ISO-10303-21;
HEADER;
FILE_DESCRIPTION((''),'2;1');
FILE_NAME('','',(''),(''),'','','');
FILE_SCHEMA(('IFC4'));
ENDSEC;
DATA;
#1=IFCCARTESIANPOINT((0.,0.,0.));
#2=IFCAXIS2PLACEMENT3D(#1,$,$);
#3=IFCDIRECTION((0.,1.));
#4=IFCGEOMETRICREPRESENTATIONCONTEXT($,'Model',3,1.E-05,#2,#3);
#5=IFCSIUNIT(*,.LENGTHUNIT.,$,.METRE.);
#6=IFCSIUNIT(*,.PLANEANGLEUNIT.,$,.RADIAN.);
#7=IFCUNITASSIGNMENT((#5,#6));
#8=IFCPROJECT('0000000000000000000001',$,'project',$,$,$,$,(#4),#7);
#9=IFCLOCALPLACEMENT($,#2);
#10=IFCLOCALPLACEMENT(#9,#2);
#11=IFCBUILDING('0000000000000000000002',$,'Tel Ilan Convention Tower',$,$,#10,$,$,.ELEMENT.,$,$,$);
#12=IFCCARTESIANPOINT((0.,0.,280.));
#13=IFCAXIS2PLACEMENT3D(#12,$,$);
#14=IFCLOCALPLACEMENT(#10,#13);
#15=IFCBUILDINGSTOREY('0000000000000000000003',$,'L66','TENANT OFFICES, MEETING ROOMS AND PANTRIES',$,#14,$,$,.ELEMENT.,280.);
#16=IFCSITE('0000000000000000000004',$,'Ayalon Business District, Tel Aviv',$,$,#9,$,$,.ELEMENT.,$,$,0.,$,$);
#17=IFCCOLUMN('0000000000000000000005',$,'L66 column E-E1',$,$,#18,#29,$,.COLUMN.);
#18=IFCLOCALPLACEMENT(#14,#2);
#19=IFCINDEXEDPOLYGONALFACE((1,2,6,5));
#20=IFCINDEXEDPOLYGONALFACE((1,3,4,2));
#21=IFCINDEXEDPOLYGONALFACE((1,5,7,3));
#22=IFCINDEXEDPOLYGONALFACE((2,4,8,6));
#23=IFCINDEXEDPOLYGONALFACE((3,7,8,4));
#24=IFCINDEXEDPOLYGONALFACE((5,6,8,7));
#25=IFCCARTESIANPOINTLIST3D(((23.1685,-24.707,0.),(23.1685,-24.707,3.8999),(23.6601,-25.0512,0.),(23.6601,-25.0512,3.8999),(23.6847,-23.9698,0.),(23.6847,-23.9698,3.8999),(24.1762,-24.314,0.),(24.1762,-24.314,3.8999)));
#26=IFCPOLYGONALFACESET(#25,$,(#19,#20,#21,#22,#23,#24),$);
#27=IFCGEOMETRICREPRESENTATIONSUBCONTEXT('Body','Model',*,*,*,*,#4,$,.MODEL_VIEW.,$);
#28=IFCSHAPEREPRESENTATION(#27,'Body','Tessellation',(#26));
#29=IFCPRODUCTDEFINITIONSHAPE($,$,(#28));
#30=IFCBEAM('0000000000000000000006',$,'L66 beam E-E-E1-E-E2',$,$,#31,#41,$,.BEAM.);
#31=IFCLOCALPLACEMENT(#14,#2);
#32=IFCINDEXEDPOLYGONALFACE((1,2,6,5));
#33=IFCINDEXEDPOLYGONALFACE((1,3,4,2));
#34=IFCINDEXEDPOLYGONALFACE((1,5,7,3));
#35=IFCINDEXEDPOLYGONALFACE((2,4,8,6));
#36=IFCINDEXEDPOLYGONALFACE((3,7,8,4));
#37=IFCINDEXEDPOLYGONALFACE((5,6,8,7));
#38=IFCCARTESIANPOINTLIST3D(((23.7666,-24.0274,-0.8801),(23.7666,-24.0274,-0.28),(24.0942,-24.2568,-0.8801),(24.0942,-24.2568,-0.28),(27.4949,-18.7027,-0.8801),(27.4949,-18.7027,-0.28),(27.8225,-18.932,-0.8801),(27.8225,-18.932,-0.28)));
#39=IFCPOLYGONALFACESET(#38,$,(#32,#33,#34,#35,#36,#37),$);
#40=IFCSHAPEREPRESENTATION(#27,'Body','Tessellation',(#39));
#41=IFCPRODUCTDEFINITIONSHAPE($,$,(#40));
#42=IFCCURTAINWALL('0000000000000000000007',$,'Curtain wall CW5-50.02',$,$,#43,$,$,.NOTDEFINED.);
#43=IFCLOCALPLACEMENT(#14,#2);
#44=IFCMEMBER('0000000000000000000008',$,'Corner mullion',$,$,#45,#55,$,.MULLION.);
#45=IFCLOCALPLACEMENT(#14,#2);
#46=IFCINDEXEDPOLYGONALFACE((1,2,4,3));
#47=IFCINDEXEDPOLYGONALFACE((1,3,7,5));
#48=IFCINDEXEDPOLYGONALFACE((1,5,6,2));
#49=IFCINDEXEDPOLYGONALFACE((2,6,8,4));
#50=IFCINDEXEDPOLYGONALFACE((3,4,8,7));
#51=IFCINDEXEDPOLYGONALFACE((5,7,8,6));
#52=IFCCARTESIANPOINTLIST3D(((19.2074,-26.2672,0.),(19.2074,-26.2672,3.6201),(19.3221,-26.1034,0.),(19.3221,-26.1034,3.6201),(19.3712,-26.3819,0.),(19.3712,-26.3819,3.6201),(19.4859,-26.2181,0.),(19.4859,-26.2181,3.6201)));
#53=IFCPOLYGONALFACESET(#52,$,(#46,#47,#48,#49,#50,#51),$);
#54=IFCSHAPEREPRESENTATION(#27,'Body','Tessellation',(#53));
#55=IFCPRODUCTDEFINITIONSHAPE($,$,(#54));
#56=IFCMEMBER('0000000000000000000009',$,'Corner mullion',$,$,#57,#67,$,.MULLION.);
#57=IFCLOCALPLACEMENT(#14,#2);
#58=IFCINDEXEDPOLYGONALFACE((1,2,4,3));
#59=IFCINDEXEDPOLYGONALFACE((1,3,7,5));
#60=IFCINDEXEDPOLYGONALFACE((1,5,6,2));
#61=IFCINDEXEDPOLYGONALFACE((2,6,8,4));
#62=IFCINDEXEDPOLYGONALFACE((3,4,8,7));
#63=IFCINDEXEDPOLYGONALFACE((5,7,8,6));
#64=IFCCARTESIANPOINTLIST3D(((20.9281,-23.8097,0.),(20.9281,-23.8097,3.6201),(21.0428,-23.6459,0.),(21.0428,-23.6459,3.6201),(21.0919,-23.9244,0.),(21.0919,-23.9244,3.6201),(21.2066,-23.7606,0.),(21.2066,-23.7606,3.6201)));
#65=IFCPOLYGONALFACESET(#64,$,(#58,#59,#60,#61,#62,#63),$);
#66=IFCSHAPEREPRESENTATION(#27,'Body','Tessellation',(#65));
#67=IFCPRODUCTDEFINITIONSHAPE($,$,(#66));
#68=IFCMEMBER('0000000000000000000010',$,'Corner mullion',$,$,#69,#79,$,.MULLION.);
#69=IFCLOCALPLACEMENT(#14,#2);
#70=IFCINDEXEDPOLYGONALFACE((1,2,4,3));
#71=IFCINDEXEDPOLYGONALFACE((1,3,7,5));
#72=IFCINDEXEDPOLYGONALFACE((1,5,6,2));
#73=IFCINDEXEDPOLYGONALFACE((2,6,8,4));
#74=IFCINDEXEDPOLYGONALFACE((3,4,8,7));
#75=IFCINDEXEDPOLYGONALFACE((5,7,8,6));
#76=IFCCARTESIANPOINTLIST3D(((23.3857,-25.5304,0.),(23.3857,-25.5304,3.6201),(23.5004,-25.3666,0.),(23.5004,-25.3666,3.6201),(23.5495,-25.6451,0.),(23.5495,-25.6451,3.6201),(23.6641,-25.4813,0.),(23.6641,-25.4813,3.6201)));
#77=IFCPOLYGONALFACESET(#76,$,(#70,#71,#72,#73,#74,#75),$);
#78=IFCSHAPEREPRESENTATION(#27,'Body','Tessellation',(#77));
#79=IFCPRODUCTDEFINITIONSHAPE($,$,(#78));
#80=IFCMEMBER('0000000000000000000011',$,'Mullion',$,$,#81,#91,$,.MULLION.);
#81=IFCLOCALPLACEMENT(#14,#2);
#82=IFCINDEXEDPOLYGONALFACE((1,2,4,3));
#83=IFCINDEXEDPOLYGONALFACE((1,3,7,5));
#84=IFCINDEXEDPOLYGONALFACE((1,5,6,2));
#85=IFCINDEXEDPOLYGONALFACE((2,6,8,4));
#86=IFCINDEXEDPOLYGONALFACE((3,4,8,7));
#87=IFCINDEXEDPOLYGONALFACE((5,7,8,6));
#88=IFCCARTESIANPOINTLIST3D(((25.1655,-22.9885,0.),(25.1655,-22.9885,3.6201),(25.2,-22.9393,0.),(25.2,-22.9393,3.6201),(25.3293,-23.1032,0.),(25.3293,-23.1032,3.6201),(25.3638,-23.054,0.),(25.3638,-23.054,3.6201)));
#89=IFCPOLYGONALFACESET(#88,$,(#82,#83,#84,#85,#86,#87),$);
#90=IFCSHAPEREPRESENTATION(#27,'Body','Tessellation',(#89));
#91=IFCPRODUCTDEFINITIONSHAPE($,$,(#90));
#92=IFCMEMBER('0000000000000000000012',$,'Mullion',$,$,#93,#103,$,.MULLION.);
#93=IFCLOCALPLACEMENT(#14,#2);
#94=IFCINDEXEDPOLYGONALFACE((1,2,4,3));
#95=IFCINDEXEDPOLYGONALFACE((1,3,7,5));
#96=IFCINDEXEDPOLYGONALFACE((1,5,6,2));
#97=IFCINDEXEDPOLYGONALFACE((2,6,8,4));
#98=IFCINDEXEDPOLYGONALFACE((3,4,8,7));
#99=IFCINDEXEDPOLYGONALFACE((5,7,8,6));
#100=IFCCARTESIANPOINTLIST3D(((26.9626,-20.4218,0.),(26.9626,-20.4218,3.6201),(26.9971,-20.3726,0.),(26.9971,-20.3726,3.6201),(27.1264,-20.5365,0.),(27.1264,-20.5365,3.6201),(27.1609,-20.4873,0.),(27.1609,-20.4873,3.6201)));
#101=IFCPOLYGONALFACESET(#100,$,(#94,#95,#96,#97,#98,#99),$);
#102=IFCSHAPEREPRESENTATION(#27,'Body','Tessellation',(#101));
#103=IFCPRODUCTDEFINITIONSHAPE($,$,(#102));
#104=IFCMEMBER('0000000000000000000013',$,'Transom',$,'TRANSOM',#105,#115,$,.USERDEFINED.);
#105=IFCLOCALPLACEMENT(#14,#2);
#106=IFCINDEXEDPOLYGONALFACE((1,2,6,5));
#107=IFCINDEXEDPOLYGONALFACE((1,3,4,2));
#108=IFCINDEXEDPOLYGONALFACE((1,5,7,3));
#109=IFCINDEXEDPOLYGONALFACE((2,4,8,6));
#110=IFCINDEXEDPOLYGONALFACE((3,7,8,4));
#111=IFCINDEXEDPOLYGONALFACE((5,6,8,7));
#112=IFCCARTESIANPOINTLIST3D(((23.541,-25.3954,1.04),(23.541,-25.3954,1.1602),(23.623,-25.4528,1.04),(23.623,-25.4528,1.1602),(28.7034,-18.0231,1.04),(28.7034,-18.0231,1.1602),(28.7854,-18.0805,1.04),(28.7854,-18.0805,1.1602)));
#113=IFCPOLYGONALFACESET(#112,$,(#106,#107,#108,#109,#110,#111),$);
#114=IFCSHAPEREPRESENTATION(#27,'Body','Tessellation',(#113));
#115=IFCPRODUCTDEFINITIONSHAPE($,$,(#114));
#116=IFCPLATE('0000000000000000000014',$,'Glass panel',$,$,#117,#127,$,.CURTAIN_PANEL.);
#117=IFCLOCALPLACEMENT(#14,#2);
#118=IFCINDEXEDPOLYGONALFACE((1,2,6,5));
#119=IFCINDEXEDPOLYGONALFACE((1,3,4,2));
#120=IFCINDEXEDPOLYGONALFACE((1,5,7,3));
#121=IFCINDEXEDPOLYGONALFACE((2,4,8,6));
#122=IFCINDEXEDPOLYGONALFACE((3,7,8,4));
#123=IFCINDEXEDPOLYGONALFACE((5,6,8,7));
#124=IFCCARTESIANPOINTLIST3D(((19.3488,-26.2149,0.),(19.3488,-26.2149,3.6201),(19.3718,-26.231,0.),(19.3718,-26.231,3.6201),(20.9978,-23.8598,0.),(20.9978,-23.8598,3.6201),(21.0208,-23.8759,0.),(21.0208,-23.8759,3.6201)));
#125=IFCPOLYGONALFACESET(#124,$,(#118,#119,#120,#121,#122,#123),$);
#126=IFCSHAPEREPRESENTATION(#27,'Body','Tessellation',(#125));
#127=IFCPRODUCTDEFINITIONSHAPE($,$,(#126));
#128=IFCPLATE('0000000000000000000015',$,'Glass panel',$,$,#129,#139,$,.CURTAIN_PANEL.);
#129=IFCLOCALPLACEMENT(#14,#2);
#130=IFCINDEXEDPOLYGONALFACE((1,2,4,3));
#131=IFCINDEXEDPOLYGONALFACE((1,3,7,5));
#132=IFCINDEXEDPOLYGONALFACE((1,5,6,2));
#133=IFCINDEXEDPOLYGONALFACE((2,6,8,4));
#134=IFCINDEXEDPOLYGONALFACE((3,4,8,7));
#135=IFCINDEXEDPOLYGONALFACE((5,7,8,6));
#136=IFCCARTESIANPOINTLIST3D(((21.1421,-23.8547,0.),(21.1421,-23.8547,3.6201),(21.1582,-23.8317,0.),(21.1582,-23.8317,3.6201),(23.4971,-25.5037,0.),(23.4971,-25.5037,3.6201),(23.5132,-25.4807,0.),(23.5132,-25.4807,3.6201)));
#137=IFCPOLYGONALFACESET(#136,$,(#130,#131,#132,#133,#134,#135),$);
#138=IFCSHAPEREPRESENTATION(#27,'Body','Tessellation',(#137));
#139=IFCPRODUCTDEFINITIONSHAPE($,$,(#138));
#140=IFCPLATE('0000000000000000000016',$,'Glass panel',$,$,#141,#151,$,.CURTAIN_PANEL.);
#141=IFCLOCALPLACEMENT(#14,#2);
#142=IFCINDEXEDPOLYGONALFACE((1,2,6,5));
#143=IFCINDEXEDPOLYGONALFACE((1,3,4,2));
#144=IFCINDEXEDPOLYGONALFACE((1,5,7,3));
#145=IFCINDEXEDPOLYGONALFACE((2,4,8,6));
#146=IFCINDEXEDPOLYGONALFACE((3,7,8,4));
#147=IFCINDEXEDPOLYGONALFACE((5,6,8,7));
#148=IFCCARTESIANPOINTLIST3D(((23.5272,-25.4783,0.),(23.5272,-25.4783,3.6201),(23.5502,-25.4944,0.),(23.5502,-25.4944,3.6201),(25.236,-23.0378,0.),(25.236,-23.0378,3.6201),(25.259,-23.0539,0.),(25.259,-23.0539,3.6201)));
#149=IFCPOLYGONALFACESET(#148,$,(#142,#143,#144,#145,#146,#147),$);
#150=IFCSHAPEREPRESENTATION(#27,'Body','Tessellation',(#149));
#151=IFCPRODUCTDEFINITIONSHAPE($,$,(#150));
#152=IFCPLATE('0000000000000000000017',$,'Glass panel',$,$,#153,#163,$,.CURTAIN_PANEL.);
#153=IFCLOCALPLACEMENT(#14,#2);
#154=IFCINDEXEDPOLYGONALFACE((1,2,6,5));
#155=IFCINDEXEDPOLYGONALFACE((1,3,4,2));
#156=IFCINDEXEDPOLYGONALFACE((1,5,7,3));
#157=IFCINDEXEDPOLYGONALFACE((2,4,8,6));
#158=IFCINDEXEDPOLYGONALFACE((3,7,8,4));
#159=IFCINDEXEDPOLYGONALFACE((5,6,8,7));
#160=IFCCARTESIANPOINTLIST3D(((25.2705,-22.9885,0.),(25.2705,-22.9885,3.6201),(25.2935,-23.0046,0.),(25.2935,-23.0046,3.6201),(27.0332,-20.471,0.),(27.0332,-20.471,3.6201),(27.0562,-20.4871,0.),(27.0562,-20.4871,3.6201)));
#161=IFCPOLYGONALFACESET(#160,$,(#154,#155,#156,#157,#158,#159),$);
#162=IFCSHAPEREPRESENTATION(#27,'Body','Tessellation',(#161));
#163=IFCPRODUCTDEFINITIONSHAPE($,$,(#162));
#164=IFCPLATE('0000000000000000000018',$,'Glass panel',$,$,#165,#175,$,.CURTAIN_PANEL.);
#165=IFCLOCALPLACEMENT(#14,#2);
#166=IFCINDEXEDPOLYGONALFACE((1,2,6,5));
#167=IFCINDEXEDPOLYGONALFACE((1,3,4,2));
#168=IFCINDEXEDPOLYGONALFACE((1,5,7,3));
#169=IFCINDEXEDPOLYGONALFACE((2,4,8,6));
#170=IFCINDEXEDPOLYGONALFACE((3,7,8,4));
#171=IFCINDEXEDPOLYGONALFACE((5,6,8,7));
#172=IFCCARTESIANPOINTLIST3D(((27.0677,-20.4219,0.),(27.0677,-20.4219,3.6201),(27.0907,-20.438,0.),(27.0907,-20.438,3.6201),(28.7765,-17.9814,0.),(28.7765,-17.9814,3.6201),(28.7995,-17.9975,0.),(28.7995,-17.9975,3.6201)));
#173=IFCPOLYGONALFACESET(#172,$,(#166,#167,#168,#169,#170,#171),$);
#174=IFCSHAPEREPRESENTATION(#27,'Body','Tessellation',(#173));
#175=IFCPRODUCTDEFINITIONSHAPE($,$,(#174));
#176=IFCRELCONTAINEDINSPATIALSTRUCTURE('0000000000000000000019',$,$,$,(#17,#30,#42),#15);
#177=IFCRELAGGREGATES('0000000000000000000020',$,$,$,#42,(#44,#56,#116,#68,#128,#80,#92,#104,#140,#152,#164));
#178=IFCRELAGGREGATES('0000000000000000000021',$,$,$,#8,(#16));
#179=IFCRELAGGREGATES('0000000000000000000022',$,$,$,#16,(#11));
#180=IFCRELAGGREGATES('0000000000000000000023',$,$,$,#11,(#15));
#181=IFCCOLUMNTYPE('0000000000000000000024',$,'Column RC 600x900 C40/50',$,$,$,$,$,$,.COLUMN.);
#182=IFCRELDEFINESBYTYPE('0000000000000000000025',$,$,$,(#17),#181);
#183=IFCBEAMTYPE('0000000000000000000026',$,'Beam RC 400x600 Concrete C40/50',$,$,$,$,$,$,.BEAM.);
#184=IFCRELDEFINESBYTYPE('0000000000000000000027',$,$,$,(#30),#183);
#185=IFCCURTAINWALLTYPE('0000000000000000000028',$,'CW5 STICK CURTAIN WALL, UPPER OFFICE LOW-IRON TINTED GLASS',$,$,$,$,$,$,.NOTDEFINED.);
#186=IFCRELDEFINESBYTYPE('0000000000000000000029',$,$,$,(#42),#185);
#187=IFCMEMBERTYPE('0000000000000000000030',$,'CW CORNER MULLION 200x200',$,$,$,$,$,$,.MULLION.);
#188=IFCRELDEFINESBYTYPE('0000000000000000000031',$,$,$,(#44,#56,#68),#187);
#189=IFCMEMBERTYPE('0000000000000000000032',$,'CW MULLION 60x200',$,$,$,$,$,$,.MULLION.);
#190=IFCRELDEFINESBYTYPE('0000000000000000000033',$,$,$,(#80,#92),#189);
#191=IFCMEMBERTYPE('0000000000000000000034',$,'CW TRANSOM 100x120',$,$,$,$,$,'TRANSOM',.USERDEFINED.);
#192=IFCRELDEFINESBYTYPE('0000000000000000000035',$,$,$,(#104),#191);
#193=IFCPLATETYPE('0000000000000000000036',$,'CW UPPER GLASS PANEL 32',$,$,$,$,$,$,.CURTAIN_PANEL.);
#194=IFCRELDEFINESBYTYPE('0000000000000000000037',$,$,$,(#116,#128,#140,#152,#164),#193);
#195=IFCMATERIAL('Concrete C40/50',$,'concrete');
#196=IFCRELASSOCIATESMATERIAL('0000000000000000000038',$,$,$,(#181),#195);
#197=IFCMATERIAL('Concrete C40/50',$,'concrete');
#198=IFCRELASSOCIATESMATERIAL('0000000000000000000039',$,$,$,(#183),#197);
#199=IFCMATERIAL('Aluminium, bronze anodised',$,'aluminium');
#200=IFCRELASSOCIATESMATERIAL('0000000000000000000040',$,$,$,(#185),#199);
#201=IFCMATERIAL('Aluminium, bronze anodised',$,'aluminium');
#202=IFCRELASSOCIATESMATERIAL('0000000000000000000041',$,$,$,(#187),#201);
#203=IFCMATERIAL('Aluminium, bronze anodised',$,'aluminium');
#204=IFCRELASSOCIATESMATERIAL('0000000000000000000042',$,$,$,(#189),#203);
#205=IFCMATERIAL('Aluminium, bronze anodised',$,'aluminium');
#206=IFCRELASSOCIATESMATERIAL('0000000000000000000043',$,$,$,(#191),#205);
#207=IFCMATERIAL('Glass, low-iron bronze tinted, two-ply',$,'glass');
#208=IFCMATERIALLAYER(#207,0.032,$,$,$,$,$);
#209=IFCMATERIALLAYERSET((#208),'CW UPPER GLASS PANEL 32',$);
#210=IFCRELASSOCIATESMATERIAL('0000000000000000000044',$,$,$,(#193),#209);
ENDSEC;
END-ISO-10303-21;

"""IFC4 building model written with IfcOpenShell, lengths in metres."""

from ifc_helpers import new_model, si_unit, direction, frame, origin, origin_2d, place, context, subcontext, project, spatial, rectangle, extrude, material, layer, layer_set, material_profile, profile_set, type_object, element, aggregate, save


model = new_model("IFC4")

# Units and contexts
model_context = context("Model", 3, precision=1e-05, world=origin(), true_north=direction((0.0, 1.0)))
body_context = subcontext(model_context, "Body", "Model", "MODEL_VIEW")
ifc_project = project(units=[si_unit("LENGTHUNIT", "METRE"), si_unit("PLANEANGLEUNIT", "RADIAN")], contexts=[model_context])

# Site, building, storey
site_placement = place(None, origin())
site = spatial("IfcSite", under=ifc_project, at=site_placement, Name="Ayalon Business District, Tel Aviv", CompositionType="ELEMENT", RefElevation=0.0)
building_placement = place(site_placement, origin())
building = spatial("IfcBuilding", under=site, at=building_placement, Name="Tel Ilan Convention Tower", CompositionType="ELEMENT")
storey_placement = place(building_placement, frame((0.0, 0.0, 280.0)))
storey = spatial("IfcBuildingStorey", under=building, at=storey_placement, Name="L66", Description="TENANT OFFICES, MEETING ROOMS AND PANTRIES", CompositionType="ELEMENT", Elevation=280.0)

# Column
ifc_material_1 = material(Name="Concrete C40/50", Category="concrete")
ifc_material_profile_1 = material_profile(ifc_material_1, rectangle(XDim=0.8999, YDim=0.6001, at=origin_2d()), Name="RC 600x900")
ifc_profile_set_1 = profile_set([ifc_material_profile_1], Name="Concrete C40/50")
column_type = type_object("IfcColumnType", Name="Column RC 600x900 C40/50", PredefinedType="COLUMN", material=ifc_profile_set_1)
column_placement = place(storey_placement, frame((23.6724, -24.5105, 0.0), z_axis=(0.0, 0.0, 1.0), x_axis=(0.573576, 0.819152, 0.0)))
element("IfcColumn", 1, at=column_placement, inside=storey, type_object=column_type, Name="L66 column E-E1", PredefinedType="COLUMN", context=body_context, shape_type="SweptSolid", body=[
    extrude(rectangle(XDim=0.8999, YDim=0.6001, at=origin_2d()), origin(), (0.0, 0.0, 1.0), 3.8999),
])

# Beam
ifc_material_2 = material(Name="Concrete C40/50", Category="concrete")
ifc_material_profile_2 = material_profile(ifc_material_2, rectangle(XDim=0.3999, YDim=0.6001, at=origin_2d()), Name="RC 400x600")
ifc_profile_set_2 = profile_set([ifc_material_profile_2], Name="Concrete C40/50")
beam_type = type_object("IfcBeamType", Name="Beam RC 400x600 Concrete C40/50", PredefinedType="BEAM", material=ifc_profile_set_2)
beam_placement = place(storey_placement, frame((23.9304, -24.1421, -0.5801), z_axis=(0.573563, 0.819161, 0.0), x_axis=(-0.819161, 0.573563, 0.0)))
element("IfcBeam", 2, at=beam_placement, inside=storey, type_object=beam_type, Name="L66 beam E-E-E1-E-E2", PredefinedType="BEAM", context=body_context, shape_type="SweptSolid", body=[
    extrude(rectangle(XDim=0.3999, YDim=0.6001, at=origin_2d()), origin(), (0.0, 0.0, 1.0), 6.5002),
])

# Curtain wall, members, plates
ifc_material_3 = material(Name="Aluminium, bronze anodised", Category="aluminium")
curtain_wall_type = type_object("IfcCurtainWallType", Name="CW5 STICK CURTAIN WALL, UPPER OFFICE LOW-IRON TINTED GLASS", PredefinedType="NOTDEFINED", material=ifc_material_3)
curtain_wall_placement = place(storey_placement, origin())
curtain_wall = element("IfcCurtainWall", 3, at=curtain_wall_placement, inside=storey, type_object=curtain_wall_type, Name="Curtain wall CW5-50.02", PredefinedType="NOTDEFINED")
ifc_material_4 = material(Name="Aluminium, bronze anodised", Category="aluminium")
ifc_material_profile_3 = material_profile(ifc_material_4, rectangle(XDim=0.2, YDim=0.2, at=origin_2d()), Name="CW CORNER MULLION 200x200")
ifc_profile_set_3 = profile_set([ifc_material_profile_3], Name="Aluminium, bronze anodised")
member_type_1 = type_object("IfcMemberType", Name="CW CORNER MULLION 200x200", PredefinedType="MULLION", material=ifc_profile_set_3)
member_1_placement = place(storey_placement, frame((19.3467, -26.2427, 0.0), z_axis=(0.0, 0.0, 1.0), x_axis=(0.819152, -0.573576, 0.0)))
member_1 = element("IfcMember", 4, at=member_1_placement, type_object=member_type_1, Name="Corner mullion", PredefinedType="MULLION", context=body_context, shape_type="SweptSolid", body=[
    extrude(rectangle(XDim=0.2, YDim=0.2, at=origin_2d()), origin(), (0.0, 0.0, 1.0), 3.6201),
])
member_2_placement = place(storey_placement, frame((21.0674, -23.7852, 0.0), z_axis=(0.0, 0.0, 1.0), x_axis=(0.573576, 0.819152, 0.0)))
member_2 = element("IfcMember", 5, at=member_2_placement, type_object=member_type_1, Name="Corner mullion", PredefinedType="MULLION", context=body_context, shape_type="SweptSolid", body=[
    extrude(rectangle(XDim=0.2, YDim=0.2, at=origin_2d()), origin(), (0.0, 0.0, 1.0), 3.6201),
])
member_3_placement = place(storey_placement, frame((23.5249, -25.5059, 0.0), z_axis=(0.0, 0.0, 1.0), x_axis=(0.819152, -0.573576, 0.0)))
member_3 = element("IfcMember", 6, at=member_3_placement, type_object=member_type_1, Name="Corner mullion", PredefinedType="MULLION", context=body_context, shape_type="SweptSolid", body=[
    extrude(rectangle(XDim=0.2, YDim=0.2, at=origin_2d()), origin(), (0.0, 0.0, 1.0), 3.6201),
])
ifc_material_5 = material(Name="Aluminium, bronze anodised", Category="aluminium")
ifc_material_profile_4 = material_profile(ifc_material_5, rectangle(XDim=0.0601, YDim=0.2, at=origin_2d()), Name="CW MULLION 60x200")
ifc_profile_set_4 = profile_set([ifc_material_profile_4], Name="Aluminium, bronze anodised")
member_type_2 = type_object("IfcMemberType", Name="CW MULLION 60x200", PredefinedType="MULLION", material=ifc_profile_set_4)
member_4_placement = place(storey_placement, frame((25.2646, -23.0212, 0.0), z_axis=(0.0, 0.0, 1.0), x_axis=(0.573576, 0.819152, 0.0)))
member_4 = element("IfcMember", 7, at=member_4_placement, type_object=member_type_2, Name="Mullion", PredefinedType="MULLION", context=body_context, shape_type="SweptSolid", body=[
    extrude(rectangle(XDim=0.0601, YDim=0.2, at=origin_2d()), origin(), (0.0, 0.0, 1.0), 3.6201),
])
member_5_placement = place(storey_placement, frame((27.0618, -20.4546, 0.0), z_axis=(0.0, 0.0, 1.0), x_axis=(0.573576, 0.819152, 0.0)))
member_5 = element("IfcMember", 8, at=member_5_placement, type_object=member_type_2, Name="Mullion", PredefinedType="MULLION", context=body_context, shape_type="SweptSolid", body=[
    extrude(rectangle(XDim=0.0601, YDim=0.2, at=origin_2d()), origin(), (0.0, 0.0, 1.0), 3.6201),
])
ifc_material_6 = material(Name="Aluminium, bronze anodised", Category="aluminium")
ifc_material_profile_5 = material_profile(ifc_material_6, rectangle(XDim=0.1001, YDim=0.1201, at=origin_2d()), Name="CW TRANSOM 100x120")
ifc_profile_set_5 = profile_set([ifc_material_profile_5], Name="Aluminium, bronze anodised")
member_type_3 = type_object("IfcMemberType", Name="CW TRANSOM 100x120", ElementType="TRANSOM", PredefinedType="USERDEFINED", material=ifc_profile_set_5)
member_6_placement = place(storey_placement, frame((23.582, -25.4241, 1.1001), z_axis=(0.573592, 0.819141, 0.0), x_axis=(-0.819141, 0.573592, 0.0)))
member_6 = element("IfcMember", 9, at=member_6_placement, type_object=member_type_3, Name="Transom", ObjectType="TRANSOM", PredefinedType="USERDEFINED", context=body_context, shape_type="SweptSolid", body=[
    extrude(rectangle(XDim=0.1001, YDim=0.1201, at=origin_2d()), origin(), (0.0, 0.0, 1.0), 9.0),
])
ifc_material_7 = material(Name="Glass, low-iron bronze tinted, two-ply", Category="glass")
ifc_layer_1 = layer(ifc_material_7, 0.032)
ifc_layer_set_1 = layer_set([ifc_layer_1], Name="CW UPPER GLASS PANEL 32")
plate_type = type_object("IfcPlateType", Name="CW UPPER GLASS PANEL 32", PredefinedType="CURTAIN_PANEL", material=ifc_layer_set_1)
plate_1_placement = place(storey_placement, frame((20.1848, -25.0454, 0.0), z_axis=(0.0, 0.0, 1.0), x_axis=(0.573576, 0.819152, 0.0)))
plate_1 = element("IfcPlate", 10, at=plate_1_placement, type_object=plate_type, Name="Glass panel", PredefinedType="CURTAIN_PANEL", context=body_context, shape_type="SweptSolid", body=[
    extrude(rectangle(XDim=2.875, YDim=0.0281, at=origin_2d()), origin(), (0.0, 0.0, 1.0), 3.6201),
])
plate_2_placement = place(storey_placement, frame((22.3276, -24.6677, 0.0), z_axis=(0.0, 0.0, 1.0), x_axis=(0.819152, -0.573576, 0.0)))
plate_2 = element("IfcPlate", 11, at=plate_2_placement, type_object=plate_type, Name="Glass panel", PredefinedType="CURTAIN_PANEL", context=body_context, shape_type="SweptSolid", body=[
    extrude(rectangle(XDim=2.875, YDim=0.0281, at=origin_2d()), origin(), (0.0, 0.0, 1.0), 3.6201),
])
plate_3_placement = place(storey_placement, frame((24.3931, -24.2661, 0.0), z_axis=(0.0, 0.0, 1.0), x_axis=(0.573576, 0.819152, 0.0)))
plate_3 = element("IfcPlate", 12, at=plate_3_placement, type_object=plate_type, Name="Glass panel", PredefinedType="CURTAIN_PANEL", context=body_context, shape_type="SweptSolid", body=[
    extrude(rectangle(XDim=2.9792, YDim=0.0281, at=origin_2d()), origin(), (0.0, 0.0, 1.0), 3.6201),
])
plate_4_placement = place(storey_placement, frame((26.1633, -21.7378, 0.0), z_axis=(0.0, 0.0, 1.0), x_axis=(0.573576, 0.819152, 0.0)))
plate_4 = element("IfcPlate", 13, at=plate_4_placement, type_object=plate_type, Name="Glass panel", PredefinedType="CURTAIN_PANEL", context=body_context, shape_type="SweptSolid", body=[
    extrude(rectangle(XDim=3.0732, YDim=0.0281, at=origin_2d()), origin(), (0.0, 0.0, 1.0), 3.6201),
])
plate_5_placement = place(storey_placement, frame((27.9336, -19.2097, 0.0), z_axis=(0.0, 0.0, 1.0), x_axis=(0.573576, 0.819152, 0.0)))
plate_5 = element("IfcPlate", 14, at=plate_5_placement, type_object=plate_type, Name="Glass panel", PredefinedType="CURTAIN_PANEL", context=body_context, shape_type="SweptSolid", body=[
    extrude(rectangle(XDim=2.9792, YDim=0.0281, at=origin_2d()), origin(), (0.0, 0.0, 1.0), 3.6201),
])
aggregate(curtain_wall, [member_1, member_2, plate_1, member_3, plate_2, member_4, member_5, member_6, plate_3, plate_4, plate_5])

save(model, "model.ifc")
